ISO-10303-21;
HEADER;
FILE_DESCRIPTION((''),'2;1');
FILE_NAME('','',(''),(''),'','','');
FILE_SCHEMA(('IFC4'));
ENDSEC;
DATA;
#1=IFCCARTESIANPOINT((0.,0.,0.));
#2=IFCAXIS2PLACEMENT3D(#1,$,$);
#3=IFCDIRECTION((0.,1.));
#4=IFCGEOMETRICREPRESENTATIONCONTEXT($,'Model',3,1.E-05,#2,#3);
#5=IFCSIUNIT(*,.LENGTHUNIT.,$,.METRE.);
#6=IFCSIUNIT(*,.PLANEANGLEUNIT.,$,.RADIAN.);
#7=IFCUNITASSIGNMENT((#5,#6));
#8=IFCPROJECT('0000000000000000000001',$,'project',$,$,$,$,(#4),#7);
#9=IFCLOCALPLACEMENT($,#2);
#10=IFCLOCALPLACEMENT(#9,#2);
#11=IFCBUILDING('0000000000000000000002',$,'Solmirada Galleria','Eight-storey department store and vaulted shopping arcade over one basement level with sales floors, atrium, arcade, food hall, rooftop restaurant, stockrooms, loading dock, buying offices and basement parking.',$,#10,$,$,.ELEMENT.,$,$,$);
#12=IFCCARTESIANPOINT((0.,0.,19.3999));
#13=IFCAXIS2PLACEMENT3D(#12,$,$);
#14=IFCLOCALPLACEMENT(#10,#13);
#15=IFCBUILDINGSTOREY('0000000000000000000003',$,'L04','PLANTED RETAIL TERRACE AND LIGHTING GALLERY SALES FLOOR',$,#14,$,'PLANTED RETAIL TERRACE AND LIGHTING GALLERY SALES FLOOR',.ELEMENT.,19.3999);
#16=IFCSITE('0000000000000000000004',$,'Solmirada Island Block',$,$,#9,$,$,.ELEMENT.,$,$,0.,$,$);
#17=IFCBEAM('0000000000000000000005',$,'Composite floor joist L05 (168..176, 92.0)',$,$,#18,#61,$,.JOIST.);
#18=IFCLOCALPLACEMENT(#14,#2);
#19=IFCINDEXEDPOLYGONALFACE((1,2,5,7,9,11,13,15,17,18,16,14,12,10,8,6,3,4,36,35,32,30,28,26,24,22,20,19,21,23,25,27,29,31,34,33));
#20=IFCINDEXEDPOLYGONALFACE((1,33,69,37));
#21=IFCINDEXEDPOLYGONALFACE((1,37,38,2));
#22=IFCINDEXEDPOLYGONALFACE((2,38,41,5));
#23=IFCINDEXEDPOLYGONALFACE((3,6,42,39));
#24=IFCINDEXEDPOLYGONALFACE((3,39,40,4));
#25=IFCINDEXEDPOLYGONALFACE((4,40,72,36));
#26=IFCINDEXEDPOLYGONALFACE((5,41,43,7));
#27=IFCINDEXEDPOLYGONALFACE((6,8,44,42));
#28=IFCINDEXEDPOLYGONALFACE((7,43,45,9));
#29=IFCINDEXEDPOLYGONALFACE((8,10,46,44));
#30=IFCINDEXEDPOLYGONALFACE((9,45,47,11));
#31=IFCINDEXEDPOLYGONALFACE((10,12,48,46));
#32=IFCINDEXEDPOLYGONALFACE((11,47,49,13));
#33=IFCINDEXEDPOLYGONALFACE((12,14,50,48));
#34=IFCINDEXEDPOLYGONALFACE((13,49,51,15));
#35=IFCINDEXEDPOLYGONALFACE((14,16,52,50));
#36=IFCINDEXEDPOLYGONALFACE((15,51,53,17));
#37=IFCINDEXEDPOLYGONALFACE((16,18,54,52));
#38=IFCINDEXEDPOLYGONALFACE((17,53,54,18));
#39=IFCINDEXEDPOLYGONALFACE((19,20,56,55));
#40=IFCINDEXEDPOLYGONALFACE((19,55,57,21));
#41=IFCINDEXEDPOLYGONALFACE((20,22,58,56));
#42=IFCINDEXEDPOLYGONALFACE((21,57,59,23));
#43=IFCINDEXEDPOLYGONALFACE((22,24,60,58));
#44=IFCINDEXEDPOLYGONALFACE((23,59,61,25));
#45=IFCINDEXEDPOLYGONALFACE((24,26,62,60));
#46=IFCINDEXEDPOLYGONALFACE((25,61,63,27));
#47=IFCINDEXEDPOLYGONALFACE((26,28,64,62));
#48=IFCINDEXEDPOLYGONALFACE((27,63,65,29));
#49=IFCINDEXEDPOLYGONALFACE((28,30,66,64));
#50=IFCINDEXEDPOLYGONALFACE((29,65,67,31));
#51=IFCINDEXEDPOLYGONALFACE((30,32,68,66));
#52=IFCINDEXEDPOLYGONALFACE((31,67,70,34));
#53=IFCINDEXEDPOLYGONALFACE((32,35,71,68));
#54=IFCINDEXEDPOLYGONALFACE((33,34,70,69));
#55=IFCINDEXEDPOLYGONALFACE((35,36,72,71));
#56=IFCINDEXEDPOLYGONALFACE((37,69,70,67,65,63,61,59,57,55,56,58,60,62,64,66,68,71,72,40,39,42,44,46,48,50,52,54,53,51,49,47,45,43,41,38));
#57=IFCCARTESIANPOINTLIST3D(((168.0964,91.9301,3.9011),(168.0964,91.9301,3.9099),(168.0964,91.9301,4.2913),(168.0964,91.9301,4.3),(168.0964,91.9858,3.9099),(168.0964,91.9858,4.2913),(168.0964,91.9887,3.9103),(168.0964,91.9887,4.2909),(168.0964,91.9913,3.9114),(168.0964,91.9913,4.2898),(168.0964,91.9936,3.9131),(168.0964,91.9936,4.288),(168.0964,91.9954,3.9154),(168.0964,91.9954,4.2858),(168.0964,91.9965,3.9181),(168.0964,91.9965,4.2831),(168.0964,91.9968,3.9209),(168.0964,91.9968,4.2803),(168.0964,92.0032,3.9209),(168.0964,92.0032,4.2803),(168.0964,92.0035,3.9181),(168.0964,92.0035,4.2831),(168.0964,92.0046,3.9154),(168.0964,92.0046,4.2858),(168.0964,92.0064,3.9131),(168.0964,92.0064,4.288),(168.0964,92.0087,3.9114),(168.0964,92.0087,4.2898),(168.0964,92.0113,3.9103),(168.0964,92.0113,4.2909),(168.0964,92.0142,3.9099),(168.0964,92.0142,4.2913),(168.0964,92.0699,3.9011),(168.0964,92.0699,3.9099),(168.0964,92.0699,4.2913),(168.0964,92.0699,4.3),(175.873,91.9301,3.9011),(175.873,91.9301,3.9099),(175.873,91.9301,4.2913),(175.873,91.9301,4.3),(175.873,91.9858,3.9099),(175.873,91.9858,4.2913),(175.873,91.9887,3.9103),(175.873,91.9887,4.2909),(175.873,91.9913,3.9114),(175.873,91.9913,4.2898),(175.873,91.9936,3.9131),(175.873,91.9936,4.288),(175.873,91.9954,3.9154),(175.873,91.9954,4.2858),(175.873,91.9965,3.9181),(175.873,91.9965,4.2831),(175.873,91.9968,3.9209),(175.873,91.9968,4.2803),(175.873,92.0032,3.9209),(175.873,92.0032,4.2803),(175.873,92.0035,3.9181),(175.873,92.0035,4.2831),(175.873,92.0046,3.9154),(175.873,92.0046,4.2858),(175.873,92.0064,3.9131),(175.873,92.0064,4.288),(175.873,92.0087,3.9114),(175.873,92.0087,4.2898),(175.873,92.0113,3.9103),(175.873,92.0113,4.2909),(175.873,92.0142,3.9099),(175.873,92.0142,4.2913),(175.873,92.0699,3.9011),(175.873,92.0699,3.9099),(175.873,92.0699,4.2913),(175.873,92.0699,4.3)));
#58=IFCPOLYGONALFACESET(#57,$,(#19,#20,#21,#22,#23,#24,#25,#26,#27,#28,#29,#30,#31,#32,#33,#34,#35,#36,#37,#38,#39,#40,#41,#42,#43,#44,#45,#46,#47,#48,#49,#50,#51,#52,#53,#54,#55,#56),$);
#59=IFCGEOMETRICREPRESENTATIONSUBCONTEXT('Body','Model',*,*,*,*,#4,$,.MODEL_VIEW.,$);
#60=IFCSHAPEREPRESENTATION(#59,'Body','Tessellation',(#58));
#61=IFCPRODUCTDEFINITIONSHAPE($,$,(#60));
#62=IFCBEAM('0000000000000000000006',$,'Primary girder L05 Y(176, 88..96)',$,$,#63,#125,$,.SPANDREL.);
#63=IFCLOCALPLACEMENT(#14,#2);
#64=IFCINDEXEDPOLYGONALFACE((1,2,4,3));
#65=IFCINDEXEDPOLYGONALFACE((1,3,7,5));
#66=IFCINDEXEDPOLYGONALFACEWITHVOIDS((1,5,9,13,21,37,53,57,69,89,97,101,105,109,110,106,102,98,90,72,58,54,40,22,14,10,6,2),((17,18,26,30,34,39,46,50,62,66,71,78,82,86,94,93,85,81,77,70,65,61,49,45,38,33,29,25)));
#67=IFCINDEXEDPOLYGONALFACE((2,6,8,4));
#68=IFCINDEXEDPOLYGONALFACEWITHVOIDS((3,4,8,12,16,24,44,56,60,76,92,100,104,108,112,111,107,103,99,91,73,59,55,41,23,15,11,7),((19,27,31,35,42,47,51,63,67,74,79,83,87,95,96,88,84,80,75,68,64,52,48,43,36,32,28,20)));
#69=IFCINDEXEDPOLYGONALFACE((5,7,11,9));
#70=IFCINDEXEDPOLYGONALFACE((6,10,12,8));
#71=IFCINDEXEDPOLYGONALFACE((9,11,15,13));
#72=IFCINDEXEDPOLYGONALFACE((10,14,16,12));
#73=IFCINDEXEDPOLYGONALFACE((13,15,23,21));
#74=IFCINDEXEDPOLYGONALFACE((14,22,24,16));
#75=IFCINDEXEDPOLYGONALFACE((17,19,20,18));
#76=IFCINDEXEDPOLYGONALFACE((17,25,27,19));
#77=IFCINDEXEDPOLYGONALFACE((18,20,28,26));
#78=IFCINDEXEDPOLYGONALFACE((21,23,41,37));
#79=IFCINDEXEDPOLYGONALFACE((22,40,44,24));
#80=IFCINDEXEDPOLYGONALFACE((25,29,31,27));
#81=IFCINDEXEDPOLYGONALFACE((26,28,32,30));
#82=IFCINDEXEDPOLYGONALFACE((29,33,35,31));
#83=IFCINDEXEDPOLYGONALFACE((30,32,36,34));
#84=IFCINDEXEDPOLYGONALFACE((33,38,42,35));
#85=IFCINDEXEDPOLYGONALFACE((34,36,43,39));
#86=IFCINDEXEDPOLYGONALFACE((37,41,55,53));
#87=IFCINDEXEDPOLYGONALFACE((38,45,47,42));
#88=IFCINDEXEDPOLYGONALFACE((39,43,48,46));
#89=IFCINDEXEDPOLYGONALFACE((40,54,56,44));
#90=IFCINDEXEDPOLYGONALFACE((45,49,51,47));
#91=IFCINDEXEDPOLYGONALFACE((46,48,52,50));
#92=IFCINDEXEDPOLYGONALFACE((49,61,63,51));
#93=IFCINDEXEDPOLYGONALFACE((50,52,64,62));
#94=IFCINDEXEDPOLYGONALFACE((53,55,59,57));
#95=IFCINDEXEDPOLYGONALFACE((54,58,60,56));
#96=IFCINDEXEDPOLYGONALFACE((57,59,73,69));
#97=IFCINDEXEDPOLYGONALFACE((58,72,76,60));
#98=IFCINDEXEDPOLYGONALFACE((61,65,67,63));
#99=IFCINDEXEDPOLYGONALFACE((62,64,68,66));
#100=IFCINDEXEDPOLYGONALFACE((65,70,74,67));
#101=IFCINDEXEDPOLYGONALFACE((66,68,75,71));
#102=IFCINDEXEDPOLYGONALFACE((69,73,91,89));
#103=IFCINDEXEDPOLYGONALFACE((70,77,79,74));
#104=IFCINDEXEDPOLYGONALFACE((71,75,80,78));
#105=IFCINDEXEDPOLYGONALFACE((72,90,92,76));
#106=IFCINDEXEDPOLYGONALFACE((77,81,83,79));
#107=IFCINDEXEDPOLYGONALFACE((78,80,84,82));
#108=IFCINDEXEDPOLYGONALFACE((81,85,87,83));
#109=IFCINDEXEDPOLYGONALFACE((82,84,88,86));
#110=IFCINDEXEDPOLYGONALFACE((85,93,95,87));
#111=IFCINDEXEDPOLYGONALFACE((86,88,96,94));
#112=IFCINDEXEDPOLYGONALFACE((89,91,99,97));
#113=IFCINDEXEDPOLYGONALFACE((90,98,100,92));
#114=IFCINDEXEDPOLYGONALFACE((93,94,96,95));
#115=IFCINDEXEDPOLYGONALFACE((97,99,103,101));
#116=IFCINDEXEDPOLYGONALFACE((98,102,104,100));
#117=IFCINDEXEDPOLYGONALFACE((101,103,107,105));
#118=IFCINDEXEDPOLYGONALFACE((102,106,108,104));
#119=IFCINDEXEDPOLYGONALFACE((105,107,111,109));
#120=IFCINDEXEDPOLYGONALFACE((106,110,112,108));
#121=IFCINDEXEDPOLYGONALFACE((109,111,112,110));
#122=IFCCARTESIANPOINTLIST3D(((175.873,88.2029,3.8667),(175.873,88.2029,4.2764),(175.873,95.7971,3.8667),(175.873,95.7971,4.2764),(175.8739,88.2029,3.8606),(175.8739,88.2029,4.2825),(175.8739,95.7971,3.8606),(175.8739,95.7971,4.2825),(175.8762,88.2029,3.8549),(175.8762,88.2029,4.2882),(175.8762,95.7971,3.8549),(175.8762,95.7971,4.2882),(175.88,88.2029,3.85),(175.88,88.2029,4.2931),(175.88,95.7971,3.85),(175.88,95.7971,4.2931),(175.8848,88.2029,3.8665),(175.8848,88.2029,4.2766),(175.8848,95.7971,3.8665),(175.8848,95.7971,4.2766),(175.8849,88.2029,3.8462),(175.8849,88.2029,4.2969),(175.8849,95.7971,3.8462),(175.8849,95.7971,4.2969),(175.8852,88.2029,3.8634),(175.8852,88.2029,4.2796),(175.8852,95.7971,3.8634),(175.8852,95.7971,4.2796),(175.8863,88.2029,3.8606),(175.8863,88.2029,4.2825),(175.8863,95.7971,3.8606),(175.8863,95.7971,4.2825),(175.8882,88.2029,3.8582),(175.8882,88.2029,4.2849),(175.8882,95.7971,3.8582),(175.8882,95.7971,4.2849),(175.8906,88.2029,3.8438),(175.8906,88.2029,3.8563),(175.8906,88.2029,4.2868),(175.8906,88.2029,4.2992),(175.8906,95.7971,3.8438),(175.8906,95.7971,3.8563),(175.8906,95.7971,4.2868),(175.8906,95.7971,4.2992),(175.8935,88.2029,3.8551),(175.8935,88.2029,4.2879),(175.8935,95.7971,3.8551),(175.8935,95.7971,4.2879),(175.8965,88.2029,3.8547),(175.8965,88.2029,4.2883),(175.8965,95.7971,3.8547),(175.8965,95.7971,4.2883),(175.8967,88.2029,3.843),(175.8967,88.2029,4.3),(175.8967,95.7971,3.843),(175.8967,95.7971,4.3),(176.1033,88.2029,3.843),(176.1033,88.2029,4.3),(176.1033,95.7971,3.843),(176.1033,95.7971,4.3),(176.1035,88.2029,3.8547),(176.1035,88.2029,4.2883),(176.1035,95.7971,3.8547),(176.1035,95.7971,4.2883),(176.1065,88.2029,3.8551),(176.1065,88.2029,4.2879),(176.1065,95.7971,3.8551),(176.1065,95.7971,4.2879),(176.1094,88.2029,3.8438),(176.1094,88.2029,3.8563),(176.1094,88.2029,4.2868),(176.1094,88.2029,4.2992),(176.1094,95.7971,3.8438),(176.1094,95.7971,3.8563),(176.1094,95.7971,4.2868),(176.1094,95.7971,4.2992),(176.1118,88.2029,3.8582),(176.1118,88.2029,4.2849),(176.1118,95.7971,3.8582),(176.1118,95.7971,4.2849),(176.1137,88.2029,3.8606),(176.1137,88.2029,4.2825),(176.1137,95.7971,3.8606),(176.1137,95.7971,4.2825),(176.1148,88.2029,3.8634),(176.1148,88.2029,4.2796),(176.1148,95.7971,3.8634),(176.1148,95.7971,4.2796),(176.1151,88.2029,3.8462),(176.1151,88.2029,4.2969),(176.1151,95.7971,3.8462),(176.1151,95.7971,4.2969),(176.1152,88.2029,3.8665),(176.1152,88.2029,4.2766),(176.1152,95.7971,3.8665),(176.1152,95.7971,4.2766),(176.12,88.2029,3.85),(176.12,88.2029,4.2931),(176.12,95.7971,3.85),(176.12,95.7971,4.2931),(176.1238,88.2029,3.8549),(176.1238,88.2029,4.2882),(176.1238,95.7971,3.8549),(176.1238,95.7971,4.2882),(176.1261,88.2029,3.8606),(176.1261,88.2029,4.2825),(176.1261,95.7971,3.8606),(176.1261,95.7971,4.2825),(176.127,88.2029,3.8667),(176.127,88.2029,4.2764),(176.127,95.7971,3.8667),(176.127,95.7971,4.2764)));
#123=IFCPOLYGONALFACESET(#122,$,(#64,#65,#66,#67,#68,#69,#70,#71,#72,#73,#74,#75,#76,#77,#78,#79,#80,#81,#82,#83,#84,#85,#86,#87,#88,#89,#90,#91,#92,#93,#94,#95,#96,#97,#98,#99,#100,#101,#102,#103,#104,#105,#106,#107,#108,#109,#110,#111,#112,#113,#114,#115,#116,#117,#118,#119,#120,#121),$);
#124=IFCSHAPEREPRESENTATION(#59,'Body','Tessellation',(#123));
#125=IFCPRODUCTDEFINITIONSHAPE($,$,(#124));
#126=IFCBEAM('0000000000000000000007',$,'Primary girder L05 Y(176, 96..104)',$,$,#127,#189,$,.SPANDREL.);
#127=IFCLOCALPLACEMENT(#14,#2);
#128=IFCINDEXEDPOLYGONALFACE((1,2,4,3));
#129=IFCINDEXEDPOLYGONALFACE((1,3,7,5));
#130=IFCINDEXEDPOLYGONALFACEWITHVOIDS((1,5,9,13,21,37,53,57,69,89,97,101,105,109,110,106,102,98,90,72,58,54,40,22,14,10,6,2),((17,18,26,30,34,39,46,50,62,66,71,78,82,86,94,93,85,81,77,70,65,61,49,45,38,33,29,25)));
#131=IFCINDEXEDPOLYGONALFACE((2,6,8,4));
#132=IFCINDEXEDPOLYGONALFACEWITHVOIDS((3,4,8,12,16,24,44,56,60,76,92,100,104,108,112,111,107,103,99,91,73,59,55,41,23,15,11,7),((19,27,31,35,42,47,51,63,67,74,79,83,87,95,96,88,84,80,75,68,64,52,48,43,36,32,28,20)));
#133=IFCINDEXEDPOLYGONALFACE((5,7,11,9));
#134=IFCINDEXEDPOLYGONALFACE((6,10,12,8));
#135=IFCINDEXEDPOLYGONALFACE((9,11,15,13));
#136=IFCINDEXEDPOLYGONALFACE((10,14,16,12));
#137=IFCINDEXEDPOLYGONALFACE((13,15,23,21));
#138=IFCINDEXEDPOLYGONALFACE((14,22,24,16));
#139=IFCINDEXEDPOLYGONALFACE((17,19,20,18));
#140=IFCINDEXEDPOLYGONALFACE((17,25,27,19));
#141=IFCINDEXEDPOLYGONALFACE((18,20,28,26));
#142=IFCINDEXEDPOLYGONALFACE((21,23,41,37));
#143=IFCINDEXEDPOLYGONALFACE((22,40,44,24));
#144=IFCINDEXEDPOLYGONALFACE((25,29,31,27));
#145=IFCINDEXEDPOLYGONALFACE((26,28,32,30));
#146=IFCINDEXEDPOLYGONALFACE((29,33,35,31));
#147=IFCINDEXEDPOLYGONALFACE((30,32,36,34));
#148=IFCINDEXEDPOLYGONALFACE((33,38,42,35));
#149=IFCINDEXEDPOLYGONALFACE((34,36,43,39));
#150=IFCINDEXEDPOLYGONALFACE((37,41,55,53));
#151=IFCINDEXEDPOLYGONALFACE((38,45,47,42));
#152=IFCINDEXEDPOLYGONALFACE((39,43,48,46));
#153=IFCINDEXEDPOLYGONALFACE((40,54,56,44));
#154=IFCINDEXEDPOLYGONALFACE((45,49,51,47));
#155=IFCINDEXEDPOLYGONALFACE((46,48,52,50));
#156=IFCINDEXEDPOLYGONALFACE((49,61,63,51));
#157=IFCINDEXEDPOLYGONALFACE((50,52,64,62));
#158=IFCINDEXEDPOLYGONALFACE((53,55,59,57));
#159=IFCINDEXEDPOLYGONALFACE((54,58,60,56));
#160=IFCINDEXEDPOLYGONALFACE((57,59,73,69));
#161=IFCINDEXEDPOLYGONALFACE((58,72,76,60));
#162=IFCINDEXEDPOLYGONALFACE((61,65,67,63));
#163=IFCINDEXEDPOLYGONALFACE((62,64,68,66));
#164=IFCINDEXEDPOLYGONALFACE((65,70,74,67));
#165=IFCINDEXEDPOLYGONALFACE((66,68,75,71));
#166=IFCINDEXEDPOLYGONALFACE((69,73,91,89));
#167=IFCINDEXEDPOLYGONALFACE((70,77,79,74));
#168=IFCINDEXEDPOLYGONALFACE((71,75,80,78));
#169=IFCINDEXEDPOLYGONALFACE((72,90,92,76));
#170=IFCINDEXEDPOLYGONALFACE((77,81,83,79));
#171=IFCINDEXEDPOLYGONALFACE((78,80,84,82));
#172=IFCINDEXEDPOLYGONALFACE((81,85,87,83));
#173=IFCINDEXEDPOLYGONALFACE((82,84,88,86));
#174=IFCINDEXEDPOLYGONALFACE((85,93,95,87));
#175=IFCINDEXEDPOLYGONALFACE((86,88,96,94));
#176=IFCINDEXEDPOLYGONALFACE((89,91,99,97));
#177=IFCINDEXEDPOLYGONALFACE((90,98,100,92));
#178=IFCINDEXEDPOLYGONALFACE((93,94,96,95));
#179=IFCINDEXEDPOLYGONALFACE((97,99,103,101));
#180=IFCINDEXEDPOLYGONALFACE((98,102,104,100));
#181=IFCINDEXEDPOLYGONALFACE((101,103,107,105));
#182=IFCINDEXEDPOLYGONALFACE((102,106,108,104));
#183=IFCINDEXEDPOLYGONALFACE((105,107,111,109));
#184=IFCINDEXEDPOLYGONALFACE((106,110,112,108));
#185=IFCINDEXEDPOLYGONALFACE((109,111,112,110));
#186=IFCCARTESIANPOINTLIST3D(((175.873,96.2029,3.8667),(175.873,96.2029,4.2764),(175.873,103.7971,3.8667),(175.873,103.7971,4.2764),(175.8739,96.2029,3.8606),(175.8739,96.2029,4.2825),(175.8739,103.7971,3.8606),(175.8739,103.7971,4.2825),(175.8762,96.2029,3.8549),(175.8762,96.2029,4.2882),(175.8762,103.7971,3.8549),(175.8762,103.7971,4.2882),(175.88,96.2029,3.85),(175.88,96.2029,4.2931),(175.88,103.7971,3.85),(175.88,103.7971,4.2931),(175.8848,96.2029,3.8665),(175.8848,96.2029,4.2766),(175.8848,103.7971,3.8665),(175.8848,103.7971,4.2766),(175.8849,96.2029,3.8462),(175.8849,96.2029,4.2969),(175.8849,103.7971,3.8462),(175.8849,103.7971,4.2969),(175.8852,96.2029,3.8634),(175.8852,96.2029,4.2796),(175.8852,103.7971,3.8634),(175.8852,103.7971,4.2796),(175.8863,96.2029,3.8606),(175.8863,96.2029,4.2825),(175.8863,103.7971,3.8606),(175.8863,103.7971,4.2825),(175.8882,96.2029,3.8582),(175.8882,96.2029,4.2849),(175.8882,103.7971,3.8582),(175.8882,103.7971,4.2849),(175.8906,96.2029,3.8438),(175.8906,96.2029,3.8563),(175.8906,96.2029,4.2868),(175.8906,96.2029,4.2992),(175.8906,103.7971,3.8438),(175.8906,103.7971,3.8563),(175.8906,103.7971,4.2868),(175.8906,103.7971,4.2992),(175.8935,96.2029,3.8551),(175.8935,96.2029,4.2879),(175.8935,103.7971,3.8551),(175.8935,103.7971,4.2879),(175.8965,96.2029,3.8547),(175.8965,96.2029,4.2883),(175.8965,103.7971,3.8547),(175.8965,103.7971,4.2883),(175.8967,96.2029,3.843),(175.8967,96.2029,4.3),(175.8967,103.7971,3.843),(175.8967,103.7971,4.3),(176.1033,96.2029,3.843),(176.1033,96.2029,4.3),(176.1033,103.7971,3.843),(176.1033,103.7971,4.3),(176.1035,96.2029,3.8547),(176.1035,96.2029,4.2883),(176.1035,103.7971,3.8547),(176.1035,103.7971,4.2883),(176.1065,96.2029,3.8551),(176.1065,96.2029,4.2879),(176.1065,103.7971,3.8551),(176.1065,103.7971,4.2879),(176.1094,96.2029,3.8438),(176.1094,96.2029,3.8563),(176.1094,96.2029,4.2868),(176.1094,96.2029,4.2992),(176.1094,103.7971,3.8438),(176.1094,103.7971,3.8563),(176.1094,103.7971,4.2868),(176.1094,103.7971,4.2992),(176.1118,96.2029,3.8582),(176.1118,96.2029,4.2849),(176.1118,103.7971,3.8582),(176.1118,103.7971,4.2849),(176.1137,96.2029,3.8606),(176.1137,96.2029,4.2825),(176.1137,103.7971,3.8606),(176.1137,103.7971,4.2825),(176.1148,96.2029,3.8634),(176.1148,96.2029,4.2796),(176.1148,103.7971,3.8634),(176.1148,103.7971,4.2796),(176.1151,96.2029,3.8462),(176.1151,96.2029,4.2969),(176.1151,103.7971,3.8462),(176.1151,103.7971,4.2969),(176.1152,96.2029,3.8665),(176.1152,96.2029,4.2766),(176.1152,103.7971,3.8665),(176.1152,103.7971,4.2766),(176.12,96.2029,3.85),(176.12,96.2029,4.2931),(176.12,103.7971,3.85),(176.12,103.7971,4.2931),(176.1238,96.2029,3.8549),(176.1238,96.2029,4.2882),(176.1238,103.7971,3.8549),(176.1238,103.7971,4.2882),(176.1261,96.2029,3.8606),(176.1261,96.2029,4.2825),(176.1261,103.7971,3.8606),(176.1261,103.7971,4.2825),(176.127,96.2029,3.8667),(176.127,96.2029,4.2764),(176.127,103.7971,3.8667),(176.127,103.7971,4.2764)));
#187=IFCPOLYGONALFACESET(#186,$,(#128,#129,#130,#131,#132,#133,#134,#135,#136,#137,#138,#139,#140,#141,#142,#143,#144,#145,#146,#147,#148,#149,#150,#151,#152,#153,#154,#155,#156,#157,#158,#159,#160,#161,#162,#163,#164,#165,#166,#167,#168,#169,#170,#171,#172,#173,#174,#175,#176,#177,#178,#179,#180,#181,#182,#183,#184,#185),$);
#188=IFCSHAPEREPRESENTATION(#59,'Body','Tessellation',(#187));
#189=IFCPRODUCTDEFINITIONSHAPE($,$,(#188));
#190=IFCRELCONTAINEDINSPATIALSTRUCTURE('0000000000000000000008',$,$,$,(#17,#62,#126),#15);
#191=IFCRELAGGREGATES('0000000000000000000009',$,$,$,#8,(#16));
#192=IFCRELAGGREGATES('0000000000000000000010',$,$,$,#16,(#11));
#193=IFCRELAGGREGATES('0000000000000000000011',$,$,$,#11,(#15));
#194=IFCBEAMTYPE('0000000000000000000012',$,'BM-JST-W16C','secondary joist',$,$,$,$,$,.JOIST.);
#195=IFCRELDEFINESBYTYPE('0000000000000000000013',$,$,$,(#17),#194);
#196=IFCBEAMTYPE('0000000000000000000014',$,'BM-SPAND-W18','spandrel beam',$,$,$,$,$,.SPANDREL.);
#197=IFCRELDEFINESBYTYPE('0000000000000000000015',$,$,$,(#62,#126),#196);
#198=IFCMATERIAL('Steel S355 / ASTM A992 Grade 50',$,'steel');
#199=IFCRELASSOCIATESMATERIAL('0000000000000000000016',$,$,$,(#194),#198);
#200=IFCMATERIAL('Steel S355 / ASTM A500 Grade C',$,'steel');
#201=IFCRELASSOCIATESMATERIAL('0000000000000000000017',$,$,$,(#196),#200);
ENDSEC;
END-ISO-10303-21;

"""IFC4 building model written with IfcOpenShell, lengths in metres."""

from ifc_helpers import new_model, si_unit, direction, frame, origin, origin_2d, place, context, subcontext, project, spatial, hollow_rectangle, i_section, extrude, material, material_profile, profile_set, type_object, element, save


model = new_model("IFC4")

# Units and contexts
model_context = context("Model", 3, precision=1e-05, world=origin(), true_north=direction((0.0, 1.0)))
body_context = subcontext(model_context, "Body", "Model", "MODEL_VIEW")
ifc_project = project(units=[si_unit("LENGTHUNIT", "METRE"), si_unit("PLANEANGLEUNIT", "RADIAN")], contexts=[model_context])

# Site, building, storey
site_placement = place(None, origin())
site = spatial("IfcSite", under=ifc_project, at=site_placement, Name="Solmirada Island Block", CompositionType="ELEMENT", RefElevation=0.0)
building_placement = place(site_placement, origin())
building = spatial("IfcBuilding", under=site, at=building_placement, Name="Solmirada Galleria", Description="Eight-storey department store and vaulted shopping arcade over one basement level with sales floors, atrium, arcade, food hall, rooftop restaurant, stockrooms, loading dock, buying offices and basement parking.", CompositionType="ELEMENT")
storey_placement = place(building_placement, frame((0.0, 0.0, 19.3999)))
storey = spatial("IfcBuildingStorey", under=building, at=storey_placement, Name="L04", Description="PLANTED RETAIL TERRACE AND LIGHTING GALLERY SALES FLOOR", LongName="PLANTED RETAIL TERRACE AND LIGHTING GALLERY SALES FLOOR", CompositionType="ELEMENT", Elevation=19.3999)

# Shared definitions
ifc_material_1 = material(Name="Steel S355 / ASTM A500 Grade C", Category="steel")

# Beams
ifc_material_2 = material(Name="Steel S355 / ASTM A992 Grade 50", Category="steel")
ifc_material_profile_1 = material_profile(ifc_material_2, i_section(OverallWidth=0.1399, OverallDepth=0.3989, WebThickness=0.0063, FlangeThickness=0.0088, FilletRadius=0.011, at=origin_2d()), Name="W16X26")
ifc_profile_set_1 = profile_set([ifc_material_profile_1], Name="Steel S355 / ASTM A992 Grade 50")
beam_type_1 = type_object("IfcBeamType", Name="BM-JST-W16C", Description="secondary joist", PredefinedType="JOIST", material=ifc_profile_set_1)
beam_1_placement = place(storey_placement, frame((168.0964, 92.0, 4.1006), z_axis=(1.0, 0.0, 0.0), x_axis=(0.0, 1.0, 0.0)))
element("IfcBeam", 1, at=beam_1_placement, inside=storey, type_object=beam_type_1, Name="Composite floor joist L05 (168..176, 92.0)", PredefinedType="JOIST", context=body_context, shape_type="SweptSolid", body=[
    extrude(i_section(OverallWidth=0.1399, OverallDepth=0.3989, WebThickness=0.0063, FlangeThickness=0.0088, FilletRadius=0.011, at=origin_2d()), origin(), (0.0, 0.0, 1.0), 7.7766),
])
ifc_material_profile_2 = material_profile(ifc_material_1, hollow_rectangle(XDim=0.2539, YDim=0.457, WallThickness=0.0117, InnerFilletRadius=0.0117, OuterFilletRadius=0.0237, at=origin_2d()), Name="HSS18X10X1/2")
ifc_profile_set_2 = profile_set([ifc_material_profile_2], Name="Steel S355 / ASTM A500 Grade C")
beam_type_2 = type_object("IfcBeamType", Name="BM-SPAND-W18", Description="spandrel beam", PredefinedType="SPANDREL", material=ifc_profile_set_2)
for number, where, z_axis, x_axis, name in (
    (2, (176.0, 88.2029, 4.0715), (0.0, 1.0, 0.0), (-1.0, 0.0, 0.0), "Primary girder L05 Y(176, 88..96)"),
    (3, (176.0, 96.2029, 4.0715), (0.0, 1.0, 0.0), (-1.0, 0.0, 0.0), "Primary girder L05 Y(176, 96..104)"),
):
    element("IfcBeam", number, at=place(storey_placement, frame(where, z_axis=z_axis, x_axis=x_axis)), inside=storey, type_object=beam_type_2, Name=name, PredefinedType="SPANDREL", context=body_context, shape_type="SweptSolid", body=[
        extrude(hollow_rectangle(XDim=0.2539, YDim=0.457, WallThickness=0.0117, InnerFilletRadius=0.0117, OuterFilletRadius=0.0237, at=origin_2d()), origin(), (0.0, 0.0, 1.0), 7.5942),
    ])

save(model, "model.ifc")
